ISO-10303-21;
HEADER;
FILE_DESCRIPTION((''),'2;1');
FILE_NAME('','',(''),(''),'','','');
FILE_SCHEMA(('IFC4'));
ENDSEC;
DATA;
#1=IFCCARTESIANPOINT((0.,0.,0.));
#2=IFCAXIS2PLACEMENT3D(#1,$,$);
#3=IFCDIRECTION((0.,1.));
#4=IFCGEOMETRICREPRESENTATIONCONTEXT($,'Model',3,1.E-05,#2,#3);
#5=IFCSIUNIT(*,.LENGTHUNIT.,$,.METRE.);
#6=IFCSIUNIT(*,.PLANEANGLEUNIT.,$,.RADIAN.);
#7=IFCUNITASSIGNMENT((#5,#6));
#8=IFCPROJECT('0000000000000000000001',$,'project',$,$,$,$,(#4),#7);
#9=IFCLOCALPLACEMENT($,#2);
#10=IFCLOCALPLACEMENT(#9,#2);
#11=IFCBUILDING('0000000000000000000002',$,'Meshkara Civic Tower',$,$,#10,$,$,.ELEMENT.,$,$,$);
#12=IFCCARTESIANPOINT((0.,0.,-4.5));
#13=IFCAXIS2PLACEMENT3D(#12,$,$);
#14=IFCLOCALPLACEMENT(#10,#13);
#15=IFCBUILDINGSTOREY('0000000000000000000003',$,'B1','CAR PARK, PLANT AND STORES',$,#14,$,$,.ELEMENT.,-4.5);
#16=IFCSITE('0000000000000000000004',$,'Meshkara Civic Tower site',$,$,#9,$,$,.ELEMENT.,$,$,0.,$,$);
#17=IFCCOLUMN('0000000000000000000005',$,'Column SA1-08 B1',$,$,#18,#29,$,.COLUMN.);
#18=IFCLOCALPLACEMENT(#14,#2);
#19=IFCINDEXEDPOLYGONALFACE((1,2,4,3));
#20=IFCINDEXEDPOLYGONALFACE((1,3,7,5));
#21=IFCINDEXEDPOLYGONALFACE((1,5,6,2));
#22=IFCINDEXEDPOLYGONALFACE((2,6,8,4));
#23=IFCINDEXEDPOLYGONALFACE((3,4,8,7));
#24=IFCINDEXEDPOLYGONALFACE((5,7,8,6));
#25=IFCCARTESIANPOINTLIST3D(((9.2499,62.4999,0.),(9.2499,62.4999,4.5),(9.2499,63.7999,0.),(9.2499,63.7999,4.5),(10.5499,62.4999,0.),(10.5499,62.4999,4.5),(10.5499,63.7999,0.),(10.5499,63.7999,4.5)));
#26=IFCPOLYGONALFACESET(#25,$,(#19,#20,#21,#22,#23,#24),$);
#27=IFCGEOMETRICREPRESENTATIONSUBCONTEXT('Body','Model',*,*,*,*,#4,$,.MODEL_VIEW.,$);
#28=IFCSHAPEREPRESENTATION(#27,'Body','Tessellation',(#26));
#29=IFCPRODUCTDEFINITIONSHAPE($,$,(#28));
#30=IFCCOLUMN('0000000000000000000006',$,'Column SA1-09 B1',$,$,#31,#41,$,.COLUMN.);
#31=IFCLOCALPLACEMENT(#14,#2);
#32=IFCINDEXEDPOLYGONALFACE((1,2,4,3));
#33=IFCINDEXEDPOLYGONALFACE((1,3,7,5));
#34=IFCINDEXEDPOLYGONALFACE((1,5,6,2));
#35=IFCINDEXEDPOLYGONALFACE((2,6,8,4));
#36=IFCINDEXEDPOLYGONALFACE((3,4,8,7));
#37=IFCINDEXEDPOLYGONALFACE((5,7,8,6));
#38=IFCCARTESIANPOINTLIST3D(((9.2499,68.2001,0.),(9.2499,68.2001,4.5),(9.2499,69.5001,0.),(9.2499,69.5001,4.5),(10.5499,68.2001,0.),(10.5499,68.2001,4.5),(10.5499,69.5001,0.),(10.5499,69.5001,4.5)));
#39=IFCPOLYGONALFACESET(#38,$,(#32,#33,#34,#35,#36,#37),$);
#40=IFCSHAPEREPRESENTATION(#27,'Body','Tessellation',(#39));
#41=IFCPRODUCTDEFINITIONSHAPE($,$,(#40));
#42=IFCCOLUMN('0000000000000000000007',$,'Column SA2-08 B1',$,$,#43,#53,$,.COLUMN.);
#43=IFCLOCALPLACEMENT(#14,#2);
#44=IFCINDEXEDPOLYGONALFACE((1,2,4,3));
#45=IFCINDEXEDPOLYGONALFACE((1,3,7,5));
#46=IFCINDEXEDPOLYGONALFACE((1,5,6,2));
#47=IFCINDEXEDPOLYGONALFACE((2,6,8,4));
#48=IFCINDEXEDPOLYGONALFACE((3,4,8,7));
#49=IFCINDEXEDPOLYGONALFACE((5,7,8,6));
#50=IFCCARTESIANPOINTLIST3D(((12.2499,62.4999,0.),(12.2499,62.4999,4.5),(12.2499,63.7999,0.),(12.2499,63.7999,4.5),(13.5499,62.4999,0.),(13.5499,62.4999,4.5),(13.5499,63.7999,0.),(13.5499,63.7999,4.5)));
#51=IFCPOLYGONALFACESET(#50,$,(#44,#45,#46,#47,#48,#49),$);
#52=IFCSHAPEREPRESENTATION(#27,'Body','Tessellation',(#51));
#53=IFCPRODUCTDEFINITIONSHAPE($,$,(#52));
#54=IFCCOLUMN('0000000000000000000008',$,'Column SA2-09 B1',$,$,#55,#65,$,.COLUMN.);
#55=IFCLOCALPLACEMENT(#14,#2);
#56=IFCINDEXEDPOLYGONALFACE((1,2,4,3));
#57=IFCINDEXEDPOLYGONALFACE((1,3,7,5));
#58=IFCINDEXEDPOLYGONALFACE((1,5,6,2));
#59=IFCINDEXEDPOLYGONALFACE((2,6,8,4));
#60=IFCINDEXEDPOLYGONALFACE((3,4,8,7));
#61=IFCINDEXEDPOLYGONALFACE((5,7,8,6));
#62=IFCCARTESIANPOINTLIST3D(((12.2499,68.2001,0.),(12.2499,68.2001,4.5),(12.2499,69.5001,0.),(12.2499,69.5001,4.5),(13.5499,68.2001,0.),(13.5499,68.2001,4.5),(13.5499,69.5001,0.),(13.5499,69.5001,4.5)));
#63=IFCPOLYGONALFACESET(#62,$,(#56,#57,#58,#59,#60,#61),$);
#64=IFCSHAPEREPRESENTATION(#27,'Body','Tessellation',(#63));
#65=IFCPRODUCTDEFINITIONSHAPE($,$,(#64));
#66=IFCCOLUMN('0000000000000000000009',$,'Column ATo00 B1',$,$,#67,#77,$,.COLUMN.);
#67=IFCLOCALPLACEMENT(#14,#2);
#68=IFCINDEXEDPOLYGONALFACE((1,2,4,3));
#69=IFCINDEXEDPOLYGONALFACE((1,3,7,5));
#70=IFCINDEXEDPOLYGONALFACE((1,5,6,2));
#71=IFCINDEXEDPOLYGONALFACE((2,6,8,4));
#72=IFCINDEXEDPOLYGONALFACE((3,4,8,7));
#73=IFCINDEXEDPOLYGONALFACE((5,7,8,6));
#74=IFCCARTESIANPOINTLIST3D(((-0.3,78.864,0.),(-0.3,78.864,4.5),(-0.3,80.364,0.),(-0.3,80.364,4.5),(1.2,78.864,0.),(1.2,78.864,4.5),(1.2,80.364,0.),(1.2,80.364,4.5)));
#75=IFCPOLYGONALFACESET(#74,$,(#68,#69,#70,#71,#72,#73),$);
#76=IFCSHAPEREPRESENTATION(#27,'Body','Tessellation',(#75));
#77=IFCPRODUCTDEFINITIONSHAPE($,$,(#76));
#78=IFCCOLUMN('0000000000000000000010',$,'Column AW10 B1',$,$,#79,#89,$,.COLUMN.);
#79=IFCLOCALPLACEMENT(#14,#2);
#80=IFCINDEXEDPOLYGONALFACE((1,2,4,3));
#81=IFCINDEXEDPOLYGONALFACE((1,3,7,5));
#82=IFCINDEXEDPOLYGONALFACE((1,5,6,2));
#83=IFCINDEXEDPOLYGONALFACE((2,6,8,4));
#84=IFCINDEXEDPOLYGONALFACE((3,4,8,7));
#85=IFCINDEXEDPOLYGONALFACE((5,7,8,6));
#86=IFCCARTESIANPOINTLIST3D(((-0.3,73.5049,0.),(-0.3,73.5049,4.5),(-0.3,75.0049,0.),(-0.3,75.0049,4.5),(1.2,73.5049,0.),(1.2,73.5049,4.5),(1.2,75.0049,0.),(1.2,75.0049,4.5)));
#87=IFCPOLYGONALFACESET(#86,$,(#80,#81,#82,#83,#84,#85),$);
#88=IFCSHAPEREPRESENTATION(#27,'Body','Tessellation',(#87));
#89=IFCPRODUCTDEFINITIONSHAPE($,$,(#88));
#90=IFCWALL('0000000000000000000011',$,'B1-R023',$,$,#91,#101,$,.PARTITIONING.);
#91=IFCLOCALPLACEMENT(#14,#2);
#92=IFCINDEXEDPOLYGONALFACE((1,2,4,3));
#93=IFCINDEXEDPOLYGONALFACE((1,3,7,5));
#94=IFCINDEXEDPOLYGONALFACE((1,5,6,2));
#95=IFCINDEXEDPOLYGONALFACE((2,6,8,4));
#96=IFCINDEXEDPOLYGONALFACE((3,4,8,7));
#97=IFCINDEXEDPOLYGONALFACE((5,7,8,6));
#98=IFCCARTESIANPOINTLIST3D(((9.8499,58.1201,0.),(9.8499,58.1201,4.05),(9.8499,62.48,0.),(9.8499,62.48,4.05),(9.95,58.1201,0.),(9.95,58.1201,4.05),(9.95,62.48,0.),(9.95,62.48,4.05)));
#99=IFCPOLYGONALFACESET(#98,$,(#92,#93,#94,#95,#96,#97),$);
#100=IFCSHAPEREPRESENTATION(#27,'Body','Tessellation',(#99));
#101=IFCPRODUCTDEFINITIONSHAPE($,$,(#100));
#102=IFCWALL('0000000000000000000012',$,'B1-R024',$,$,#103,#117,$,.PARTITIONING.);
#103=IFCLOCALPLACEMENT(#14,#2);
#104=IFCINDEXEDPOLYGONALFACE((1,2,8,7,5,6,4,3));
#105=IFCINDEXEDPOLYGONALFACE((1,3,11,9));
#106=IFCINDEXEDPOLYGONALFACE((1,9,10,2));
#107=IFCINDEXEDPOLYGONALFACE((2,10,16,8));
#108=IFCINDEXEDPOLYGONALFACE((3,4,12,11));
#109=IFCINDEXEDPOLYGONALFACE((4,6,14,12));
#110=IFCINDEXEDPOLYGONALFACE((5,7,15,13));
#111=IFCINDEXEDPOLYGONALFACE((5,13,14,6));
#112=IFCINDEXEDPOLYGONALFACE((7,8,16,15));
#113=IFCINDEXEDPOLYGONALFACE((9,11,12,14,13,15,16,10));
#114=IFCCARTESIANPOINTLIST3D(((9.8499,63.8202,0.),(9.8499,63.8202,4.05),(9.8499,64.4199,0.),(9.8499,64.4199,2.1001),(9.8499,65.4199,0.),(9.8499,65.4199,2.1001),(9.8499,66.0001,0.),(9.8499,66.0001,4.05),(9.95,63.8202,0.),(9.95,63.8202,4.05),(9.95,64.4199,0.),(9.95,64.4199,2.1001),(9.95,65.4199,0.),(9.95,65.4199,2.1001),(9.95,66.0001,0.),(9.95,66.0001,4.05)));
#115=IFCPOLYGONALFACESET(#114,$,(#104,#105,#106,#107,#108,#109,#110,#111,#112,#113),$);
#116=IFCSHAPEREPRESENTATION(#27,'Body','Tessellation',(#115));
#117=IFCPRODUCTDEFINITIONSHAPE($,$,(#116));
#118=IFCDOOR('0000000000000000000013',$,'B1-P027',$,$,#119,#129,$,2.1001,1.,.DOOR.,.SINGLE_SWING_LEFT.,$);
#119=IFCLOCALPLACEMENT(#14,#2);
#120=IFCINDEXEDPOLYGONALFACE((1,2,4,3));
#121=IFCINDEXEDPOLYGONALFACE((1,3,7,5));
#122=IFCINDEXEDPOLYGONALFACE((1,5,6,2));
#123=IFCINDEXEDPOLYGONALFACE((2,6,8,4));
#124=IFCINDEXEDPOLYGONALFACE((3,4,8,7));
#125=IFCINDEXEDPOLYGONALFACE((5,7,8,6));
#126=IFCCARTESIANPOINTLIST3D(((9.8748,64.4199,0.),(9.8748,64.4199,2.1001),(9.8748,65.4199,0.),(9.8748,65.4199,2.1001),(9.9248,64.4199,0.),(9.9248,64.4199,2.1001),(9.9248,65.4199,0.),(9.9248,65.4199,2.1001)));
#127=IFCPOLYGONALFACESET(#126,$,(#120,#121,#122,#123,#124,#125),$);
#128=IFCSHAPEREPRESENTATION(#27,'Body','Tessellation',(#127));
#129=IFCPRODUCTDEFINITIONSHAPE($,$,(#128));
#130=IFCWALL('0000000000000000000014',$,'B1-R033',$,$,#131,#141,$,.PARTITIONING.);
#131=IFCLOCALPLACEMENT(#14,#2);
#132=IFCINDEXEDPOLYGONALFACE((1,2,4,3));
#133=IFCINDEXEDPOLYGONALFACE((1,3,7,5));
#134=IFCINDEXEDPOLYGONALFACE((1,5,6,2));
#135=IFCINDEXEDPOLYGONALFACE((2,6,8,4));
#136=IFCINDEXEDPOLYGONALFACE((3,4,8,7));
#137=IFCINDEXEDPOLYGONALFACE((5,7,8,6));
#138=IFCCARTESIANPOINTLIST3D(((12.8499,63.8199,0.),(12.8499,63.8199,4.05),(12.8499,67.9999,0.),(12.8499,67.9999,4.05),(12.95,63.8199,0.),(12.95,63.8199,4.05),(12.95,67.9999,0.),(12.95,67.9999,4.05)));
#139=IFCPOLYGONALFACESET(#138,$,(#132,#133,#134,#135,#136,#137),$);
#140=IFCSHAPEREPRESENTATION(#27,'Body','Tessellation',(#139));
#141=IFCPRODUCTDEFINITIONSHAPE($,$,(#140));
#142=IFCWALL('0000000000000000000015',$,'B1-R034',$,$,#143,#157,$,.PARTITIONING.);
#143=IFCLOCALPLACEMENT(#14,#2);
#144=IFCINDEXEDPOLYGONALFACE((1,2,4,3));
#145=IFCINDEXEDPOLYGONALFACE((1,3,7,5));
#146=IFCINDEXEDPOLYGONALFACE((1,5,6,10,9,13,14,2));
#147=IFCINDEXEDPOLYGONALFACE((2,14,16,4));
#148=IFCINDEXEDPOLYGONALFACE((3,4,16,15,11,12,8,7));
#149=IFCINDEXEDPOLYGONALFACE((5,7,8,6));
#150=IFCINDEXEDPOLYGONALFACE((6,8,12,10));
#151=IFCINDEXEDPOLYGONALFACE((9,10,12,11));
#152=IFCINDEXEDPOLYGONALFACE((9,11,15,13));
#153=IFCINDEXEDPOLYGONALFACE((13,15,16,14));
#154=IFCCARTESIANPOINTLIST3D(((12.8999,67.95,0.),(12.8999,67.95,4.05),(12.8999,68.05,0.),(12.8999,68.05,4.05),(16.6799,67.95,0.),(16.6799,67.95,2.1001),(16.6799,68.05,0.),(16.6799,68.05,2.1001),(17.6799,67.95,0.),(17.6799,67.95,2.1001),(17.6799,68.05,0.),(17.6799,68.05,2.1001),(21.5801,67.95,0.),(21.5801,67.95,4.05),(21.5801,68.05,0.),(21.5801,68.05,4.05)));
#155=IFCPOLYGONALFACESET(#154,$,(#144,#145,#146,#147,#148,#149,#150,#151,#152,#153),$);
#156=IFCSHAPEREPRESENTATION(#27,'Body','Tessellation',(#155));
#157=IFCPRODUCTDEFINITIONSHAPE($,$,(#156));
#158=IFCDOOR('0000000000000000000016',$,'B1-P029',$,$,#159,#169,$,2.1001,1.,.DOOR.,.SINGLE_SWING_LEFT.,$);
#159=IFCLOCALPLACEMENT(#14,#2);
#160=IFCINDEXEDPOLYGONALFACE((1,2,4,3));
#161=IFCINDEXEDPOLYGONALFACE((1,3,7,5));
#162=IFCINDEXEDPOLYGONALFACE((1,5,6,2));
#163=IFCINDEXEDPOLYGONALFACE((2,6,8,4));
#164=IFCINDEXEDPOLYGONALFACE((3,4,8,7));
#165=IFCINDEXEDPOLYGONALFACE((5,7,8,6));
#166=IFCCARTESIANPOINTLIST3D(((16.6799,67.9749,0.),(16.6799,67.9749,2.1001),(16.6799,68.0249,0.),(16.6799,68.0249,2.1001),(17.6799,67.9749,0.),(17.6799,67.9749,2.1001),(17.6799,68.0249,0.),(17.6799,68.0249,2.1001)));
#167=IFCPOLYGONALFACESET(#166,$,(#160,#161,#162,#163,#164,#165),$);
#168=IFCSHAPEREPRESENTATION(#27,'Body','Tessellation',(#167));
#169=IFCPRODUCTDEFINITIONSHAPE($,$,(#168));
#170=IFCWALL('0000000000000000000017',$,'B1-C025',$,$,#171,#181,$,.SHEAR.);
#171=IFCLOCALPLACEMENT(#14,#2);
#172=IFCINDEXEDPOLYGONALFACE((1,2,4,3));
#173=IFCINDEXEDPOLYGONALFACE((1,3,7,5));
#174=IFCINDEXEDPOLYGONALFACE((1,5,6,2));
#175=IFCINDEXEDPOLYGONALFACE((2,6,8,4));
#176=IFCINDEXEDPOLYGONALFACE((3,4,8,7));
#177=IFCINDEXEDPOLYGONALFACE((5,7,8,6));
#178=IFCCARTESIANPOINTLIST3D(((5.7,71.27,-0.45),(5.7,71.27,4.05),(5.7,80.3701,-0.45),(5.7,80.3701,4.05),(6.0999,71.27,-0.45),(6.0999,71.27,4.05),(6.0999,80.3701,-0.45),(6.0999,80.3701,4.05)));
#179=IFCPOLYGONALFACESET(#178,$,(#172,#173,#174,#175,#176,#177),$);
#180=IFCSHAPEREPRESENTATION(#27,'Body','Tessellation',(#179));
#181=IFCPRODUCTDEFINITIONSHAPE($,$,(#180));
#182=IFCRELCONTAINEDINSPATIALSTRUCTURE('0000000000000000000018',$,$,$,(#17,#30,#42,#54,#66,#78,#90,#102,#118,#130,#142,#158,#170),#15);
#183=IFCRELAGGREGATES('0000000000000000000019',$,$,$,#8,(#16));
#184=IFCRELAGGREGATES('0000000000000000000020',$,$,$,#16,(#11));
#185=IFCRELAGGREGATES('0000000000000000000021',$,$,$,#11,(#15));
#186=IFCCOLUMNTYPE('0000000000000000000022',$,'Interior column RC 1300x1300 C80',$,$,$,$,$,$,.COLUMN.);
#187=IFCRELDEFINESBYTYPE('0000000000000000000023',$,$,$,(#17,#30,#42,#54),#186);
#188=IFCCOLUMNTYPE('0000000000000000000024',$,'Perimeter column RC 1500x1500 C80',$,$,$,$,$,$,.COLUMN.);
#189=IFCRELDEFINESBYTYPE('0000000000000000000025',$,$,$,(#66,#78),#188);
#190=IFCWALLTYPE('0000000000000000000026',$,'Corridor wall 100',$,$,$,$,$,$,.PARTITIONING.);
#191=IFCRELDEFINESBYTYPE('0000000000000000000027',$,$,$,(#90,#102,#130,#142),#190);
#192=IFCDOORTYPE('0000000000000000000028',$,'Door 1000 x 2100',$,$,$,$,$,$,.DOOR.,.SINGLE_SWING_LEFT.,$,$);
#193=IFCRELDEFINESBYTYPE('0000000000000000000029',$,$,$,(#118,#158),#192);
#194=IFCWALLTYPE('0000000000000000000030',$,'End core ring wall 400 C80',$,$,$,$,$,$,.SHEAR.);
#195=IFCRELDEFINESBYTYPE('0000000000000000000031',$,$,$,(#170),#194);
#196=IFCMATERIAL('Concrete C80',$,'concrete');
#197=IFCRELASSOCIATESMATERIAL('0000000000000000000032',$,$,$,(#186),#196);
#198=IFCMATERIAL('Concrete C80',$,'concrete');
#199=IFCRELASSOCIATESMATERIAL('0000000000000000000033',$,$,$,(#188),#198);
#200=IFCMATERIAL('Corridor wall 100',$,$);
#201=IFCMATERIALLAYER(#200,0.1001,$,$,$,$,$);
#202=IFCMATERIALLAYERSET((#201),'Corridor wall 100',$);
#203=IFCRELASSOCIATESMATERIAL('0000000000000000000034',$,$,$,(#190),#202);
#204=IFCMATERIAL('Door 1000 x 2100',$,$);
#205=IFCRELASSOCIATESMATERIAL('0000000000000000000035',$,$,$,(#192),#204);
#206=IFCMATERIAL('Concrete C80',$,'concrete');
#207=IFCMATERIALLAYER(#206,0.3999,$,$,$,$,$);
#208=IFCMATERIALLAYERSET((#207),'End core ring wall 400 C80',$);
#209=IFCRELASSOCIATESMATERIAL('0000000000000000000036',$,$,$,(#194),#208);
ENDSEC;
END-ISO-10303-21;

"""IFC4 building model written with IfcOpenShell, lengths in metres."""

from ifc_helpers import new_model, si_unit, direction, frame, frame_2d, origin, origin_2d, place, context, subcontext, project, spatial, rectangle, extrude, material, layer, layer_set, material_profile, profile_set, type_object, element, fill, save


model = new_model("IFC4")

# Units and contexts
model_context = context("Model", 3, precision=1e-05, world=origin(), true_north=direction((0.0, 1.0)))
body_context = subcontext(model_context, "Body", "Model", "MODEL_VIEW")
ifc_project = project(units=[si_unit("LENGTHUNIT", "METRE"), si_unit("PLANEANGLEUNIT", "RADIAN")], contexts=[model_context])

# Site, building, storey
site_placement = place(None, origin())
site = spatial("IfcSite", under=ifc_project, at=site_placement, Name="Meshkara Civic Tower site", CompositionType="ELEMENT", RefElevation=0.0)
building_placement = place(site_placement, origin())
building = spatial("IfcBuilding", under=site, at=building_placement, Name="Meshkara Civic Tower", CompositionType="ELEMENT")
storey_placement = place(building_placement, frame((0.0, 0.0, -4.5)))
storey = spatial("IfcBuildingStorey", under=building, at=storey_placement, Name="B1", Description="CAR PARK, PLANT AND STORES", CompositionType="ELEMENT", Elevation=-4.5)

# Columns
ifc_material_1 = material(Name="Concrete C80", Category="concrete")
ifc_material_profile_1 = material_profile(ifc_material_1, rectangle(XDim=1.3, YDim=1.3, at=origin_2d()))
ifc_profile_set_1 = profile_set([ifc_material_profile_1], Name="Concrete C80")
column_type_1 = type_object("IfcColumnType", Name="Interior column RC 1300x1300 C80", PredefinedType="COLUMN", material=ifc_profile_set_1)
for number, where, z_axis, x_axis, name in (
    (1, (9.8999, 63.1499, 0.0), (0.0, 0.0, 1.0), (1.0, 0.0, 0.0), "Column SA1-08 B1"),
    (2, (9.8999, 68.8501, 0.0), (0.0, 0.0, 1.0), (1.0, 0.0, 0.0), "Column SA1-09 B1"),
    (3, (12.8999, 63.1499, 0.0), (0.0, 0.0, 1.0), (1.0, 0.0, 0.0), "Column SA2-08 B1"),
    (4, (12.8999, 68.8501, 0.0), (0.0, 0.0, 1.0), (1.0, 0.0, 0.0), "Column SA2-09 B1"),
):
    element("IfcColumn", number, at=place(storey_placement, frame(where, z_axis=z_axis, x_axis=x_axis)), inside=storey, type_object=column_type_1, Name=name, PredefinedType="COLUMN", context=body_context, shape_type="SweptSolid", body=[
        extrude(rectangle(XDim=1.3, YDim=1.3, at=origin_2d()), origin(), (0.0, 0.0, 1.0), 4.5),
    ])
ifc_material_2 = material(Name="Concrete C80", Category="concrete")
ifc_material_profile_2 = material_profile(ifc_material_2, rectangle(XDim=1.5, YDim=1.5, at=origin_2d()))
ifc_profile_set_2 = profile_set([ifc_material_profile_2], Name="Concrete C80")
column_type_2 = type_object("IfcColumnType", Name="Perimeter column RC 1500x1500 C80", PredefinedType="COLUMN", material=ifc_profile_set_2)
for number, where, z_axis, x_axis, name in (
    (5, (0.45, 79.614, 0.0), (0.0, 0.0, 1.0), (1.0, 0.0, 0.0), "Column ATo00 B1"),
    (6, (0.45, 74.2549, 0.0), (0.0, 0.0, 1.0), (1.0, 0.0, 0.0), "Column AW10 B1"),
):
    element("IfcColumn", number, at=place(storey_placement, frame(where, z_axis=z_axis, x_axis=x_axis)), inside=storey, type_object=column_type_2, Name=name, PredefinedType="COLUMN", context=body_context, shape_type="SweptSolid", body=[
        extrude(rectangle(XDim=1.5, YDim=1.5, at=origin_2d()), origin(), (0.0, 0.0, 1.0), 4.5),
    ])

# Wall
ifc_material_3 = material(Name="Corridor wall 100")
ifc_layer_1 = layer(ifc_material_3, 0.1001)
ifc_layer_set_1 = layer_set([ifc_layer_1], Name="Corridor wall 100")
wall_type_1 = type_object("IfcWallType", Name="Corridor wall 100", PredefinedType="PARTITIONING", material=ifc_layer_set_1)
wall_1_placement = place(storey_placement, frame((9.8999, 62.48, 0.0), z_axis=(0.0, 0.0, 1.0), x_axis=(0.0, -1.0, 0.0)))
element("IfcWall", 7, at=wall_1_placement, inside=storey, type_object=wall_type_1, Name="B1-R023", PredefinedType="PARTITIONING", context=body_context, shape_type="SweptSolid", body=[
    extrude(rectangle(XDim=4.3599, YDim=0.1001, at=frame_2d((2.1799, 0.0))), origin(), (0.0, 0.0, 1.0), 4.05),
])

# Wall, opening, door
wall_2_placement = place(storey_placement, frame((9.8999, 66.0, 0.0), z_axis=(0.0, 0.0, 1.0), x_axis=(0.0, -1.0, 0.0)))
wall_2 = element("IfcWall", 8, at=wall_2_placement, inside=storey, type_object=wall_type_1, Name="B1-R024", PredefinedType="PARTITIONING", context=body_context, shape_type="SweptSolid", body=[
    extrude(rectangle(XDim=2.1799, YDim=0.1001, at=frame_2d((1.0898, 0.0))), origin(), (0.0, 0.0, 1.0), 4.05),
])
opening_1_placement = place(wall_2_placement, frame((0.5801, 0.0, 0.0)))
opening_1 = element("IfcOpeningElement", 9, at=opening_1_placement, cuts=wall_2, PredefinedType="OPENING", context=body_context, shape_type="SweptSolid", body=[
    extrude(rectangle(XDim=1.0, YDim=2.1001, at=frame_2d((0.5, 1.05))), frame((0.0, 0.0601, 0.0), z_axis=(0.0, -1.0, 0.0), x_axis=(1.0, 0.0, 0.0)), (0.0, 0.0, 1.0), 0.1201),
])
ifc_material_4 = material(Name="Door 1000 x 2100")
door_type_1 = type_object("IfcDoorType", Name="Door 1000 x 2100", OperationType="SINGLE_SWING_LEFT", PredefinedType="DOOR", material=ifc_material_4)
door_1_placement = place(opening_1_placement, origin())
door_1 = element("IfcDoor", 10, at=door_1_placement, inside=storey, type_object=door_type_1, Name="B1-P027", OperationType="SINGLE_SWING_LEFT", OverallHeight=2.1001, OverallWidth=1.0, PredefinedType="DOOR", context=body_context, shape_type="SweptSolid", body=[
    extrude(rectangle(XDim=1.0, YDim=2.1001, at=frame_2d((0.5, 1.05))), frame((0.0, 0.0249, 0.0), z_axis=(0.0, -1.0, 0.0), x_axis=(1.0, 0.0, 0.0)), (0.0, 0.0, 1.0), 0.05),
])
fill(opening_1, door_1)

# Wall
wall_3_placement = place(storey_placement, frame((12.8999, 63.8201, 0.0), z_axis=(0.0, 0.0, 1.0), x_axis=(0.0, 1.0, 0.0)))
element("IfcWall", 11, at=wall_3_placement, inside=storey, type_object=wall_type_1, Name="B1-R033", PredefinedType="PARTITIONING", context=body_context, shape_type="SweptSolid", body=[
    extrude(rectangle(XDim=4.1799, YDim=0.1001, at=frame_2d((2.0898, 0.0))), origin(), (0.0, 0.0, 1.0), 4.05),
])

# Wall, opening, door
wall_4_placement = place(storey_placement, frame((12.8999, 68.0, 0.0), z_axis=(0.0, 0.0, 1.0), x_axis=(1.0, 0.0, 0.0)))
wall_4 = element("IfcWall", 12, at=wall_4_placement, inside=storey, type_object=wall_type_1, Name="B1-R034", PredefinedType="PARTITIONING", context=body_context, shape_type="SweptSolid", body=[
    extrude(rectangle(XDim=8.6802, YDim=0.1001, at=frame_2d((4.3401, 0.0))), origin(), (0.0, 0.0, 1.0), 4.05),
])
opening_2_placement = place(wall_4_placement, frame((3.78, 0.0, 0.0)))
opening_2 = element("IfcOpeningElement", 13, at=opening_2_placement, cuts=wall_4, PredefinedType="OPENING", context=body_context, shape_type="SweptSolid", body=[
    extrude(rectangle(XDim=1.0, YDim=2.1001, at=frame_2d((0.5, 1.05))), frame((0.0, 0.0601, 0.0), z_axis=(0.0, -1.0, 0.0), x_axis=(1.0, 0.0, 0.0)), (0.0, 0.0, 1.0), 0.1201),
])
door_2_placement = place(opening_2_placement, origin())
door_2 = element("IfcDoor", 14, at=door_2_placement, inside=storey, type_object=door_type_1, Name="B1-P029", OperationType="SINGLE_SWING_LEFT", OverallHeight=2.1001, OverallWidth=1.0, PredefinedType="DOOR", context=body_context, shape_type="SweptSolid", body=[
    extrude(rectangle(XDim=1.0, YDim=2.1001, at=frame_2d((0.5, 1.05))), frame((0.0, 0.0249, 0.0), z_axis=(0.0, -1.0, 0.0), x_axis=(1.0, 0.0, 0.0)), (0.0, 0.0, 1.0), 0.05),
])
fill(opening_2, door_2)

# Wall
ifc_material_5 = material(Name="Concrete C80", Category="concrete")
ifc_layer_2 = layer(ifc_material_5, 0.3999)
ifc_layer_set_2 = layer_set([ifc_layer_2], Name="End core ring wall 400 C80")
wall_type_2 = type_object("IfcWallType", Name="End core ring wall 400 C80", PredefinedType="SHEAR", material=ifc_layer_set_2)
wall_5_placement = place(storey_placement, frame((5.8999, 71.27, -0.45), z_axis=(0.0, 0.0, 1.0), x_axis=(0.0, 1.0, 0.0)))
element("IfcWall", 15, at=wall_5_placement, inside=storey, type_object=wall_type_2, Name="B1-C025", PredefinedType="SHEAR", context=body_context, shape_type="SweptSolid", body=[
    extrude(rectangle(XDim=9.1001, YDim=0.3999, at=frame_2d((4.55, 0.0))), origin(), (0.0, 0.0, 1.0), 4.5),
])

save(model, "model.ifc")
